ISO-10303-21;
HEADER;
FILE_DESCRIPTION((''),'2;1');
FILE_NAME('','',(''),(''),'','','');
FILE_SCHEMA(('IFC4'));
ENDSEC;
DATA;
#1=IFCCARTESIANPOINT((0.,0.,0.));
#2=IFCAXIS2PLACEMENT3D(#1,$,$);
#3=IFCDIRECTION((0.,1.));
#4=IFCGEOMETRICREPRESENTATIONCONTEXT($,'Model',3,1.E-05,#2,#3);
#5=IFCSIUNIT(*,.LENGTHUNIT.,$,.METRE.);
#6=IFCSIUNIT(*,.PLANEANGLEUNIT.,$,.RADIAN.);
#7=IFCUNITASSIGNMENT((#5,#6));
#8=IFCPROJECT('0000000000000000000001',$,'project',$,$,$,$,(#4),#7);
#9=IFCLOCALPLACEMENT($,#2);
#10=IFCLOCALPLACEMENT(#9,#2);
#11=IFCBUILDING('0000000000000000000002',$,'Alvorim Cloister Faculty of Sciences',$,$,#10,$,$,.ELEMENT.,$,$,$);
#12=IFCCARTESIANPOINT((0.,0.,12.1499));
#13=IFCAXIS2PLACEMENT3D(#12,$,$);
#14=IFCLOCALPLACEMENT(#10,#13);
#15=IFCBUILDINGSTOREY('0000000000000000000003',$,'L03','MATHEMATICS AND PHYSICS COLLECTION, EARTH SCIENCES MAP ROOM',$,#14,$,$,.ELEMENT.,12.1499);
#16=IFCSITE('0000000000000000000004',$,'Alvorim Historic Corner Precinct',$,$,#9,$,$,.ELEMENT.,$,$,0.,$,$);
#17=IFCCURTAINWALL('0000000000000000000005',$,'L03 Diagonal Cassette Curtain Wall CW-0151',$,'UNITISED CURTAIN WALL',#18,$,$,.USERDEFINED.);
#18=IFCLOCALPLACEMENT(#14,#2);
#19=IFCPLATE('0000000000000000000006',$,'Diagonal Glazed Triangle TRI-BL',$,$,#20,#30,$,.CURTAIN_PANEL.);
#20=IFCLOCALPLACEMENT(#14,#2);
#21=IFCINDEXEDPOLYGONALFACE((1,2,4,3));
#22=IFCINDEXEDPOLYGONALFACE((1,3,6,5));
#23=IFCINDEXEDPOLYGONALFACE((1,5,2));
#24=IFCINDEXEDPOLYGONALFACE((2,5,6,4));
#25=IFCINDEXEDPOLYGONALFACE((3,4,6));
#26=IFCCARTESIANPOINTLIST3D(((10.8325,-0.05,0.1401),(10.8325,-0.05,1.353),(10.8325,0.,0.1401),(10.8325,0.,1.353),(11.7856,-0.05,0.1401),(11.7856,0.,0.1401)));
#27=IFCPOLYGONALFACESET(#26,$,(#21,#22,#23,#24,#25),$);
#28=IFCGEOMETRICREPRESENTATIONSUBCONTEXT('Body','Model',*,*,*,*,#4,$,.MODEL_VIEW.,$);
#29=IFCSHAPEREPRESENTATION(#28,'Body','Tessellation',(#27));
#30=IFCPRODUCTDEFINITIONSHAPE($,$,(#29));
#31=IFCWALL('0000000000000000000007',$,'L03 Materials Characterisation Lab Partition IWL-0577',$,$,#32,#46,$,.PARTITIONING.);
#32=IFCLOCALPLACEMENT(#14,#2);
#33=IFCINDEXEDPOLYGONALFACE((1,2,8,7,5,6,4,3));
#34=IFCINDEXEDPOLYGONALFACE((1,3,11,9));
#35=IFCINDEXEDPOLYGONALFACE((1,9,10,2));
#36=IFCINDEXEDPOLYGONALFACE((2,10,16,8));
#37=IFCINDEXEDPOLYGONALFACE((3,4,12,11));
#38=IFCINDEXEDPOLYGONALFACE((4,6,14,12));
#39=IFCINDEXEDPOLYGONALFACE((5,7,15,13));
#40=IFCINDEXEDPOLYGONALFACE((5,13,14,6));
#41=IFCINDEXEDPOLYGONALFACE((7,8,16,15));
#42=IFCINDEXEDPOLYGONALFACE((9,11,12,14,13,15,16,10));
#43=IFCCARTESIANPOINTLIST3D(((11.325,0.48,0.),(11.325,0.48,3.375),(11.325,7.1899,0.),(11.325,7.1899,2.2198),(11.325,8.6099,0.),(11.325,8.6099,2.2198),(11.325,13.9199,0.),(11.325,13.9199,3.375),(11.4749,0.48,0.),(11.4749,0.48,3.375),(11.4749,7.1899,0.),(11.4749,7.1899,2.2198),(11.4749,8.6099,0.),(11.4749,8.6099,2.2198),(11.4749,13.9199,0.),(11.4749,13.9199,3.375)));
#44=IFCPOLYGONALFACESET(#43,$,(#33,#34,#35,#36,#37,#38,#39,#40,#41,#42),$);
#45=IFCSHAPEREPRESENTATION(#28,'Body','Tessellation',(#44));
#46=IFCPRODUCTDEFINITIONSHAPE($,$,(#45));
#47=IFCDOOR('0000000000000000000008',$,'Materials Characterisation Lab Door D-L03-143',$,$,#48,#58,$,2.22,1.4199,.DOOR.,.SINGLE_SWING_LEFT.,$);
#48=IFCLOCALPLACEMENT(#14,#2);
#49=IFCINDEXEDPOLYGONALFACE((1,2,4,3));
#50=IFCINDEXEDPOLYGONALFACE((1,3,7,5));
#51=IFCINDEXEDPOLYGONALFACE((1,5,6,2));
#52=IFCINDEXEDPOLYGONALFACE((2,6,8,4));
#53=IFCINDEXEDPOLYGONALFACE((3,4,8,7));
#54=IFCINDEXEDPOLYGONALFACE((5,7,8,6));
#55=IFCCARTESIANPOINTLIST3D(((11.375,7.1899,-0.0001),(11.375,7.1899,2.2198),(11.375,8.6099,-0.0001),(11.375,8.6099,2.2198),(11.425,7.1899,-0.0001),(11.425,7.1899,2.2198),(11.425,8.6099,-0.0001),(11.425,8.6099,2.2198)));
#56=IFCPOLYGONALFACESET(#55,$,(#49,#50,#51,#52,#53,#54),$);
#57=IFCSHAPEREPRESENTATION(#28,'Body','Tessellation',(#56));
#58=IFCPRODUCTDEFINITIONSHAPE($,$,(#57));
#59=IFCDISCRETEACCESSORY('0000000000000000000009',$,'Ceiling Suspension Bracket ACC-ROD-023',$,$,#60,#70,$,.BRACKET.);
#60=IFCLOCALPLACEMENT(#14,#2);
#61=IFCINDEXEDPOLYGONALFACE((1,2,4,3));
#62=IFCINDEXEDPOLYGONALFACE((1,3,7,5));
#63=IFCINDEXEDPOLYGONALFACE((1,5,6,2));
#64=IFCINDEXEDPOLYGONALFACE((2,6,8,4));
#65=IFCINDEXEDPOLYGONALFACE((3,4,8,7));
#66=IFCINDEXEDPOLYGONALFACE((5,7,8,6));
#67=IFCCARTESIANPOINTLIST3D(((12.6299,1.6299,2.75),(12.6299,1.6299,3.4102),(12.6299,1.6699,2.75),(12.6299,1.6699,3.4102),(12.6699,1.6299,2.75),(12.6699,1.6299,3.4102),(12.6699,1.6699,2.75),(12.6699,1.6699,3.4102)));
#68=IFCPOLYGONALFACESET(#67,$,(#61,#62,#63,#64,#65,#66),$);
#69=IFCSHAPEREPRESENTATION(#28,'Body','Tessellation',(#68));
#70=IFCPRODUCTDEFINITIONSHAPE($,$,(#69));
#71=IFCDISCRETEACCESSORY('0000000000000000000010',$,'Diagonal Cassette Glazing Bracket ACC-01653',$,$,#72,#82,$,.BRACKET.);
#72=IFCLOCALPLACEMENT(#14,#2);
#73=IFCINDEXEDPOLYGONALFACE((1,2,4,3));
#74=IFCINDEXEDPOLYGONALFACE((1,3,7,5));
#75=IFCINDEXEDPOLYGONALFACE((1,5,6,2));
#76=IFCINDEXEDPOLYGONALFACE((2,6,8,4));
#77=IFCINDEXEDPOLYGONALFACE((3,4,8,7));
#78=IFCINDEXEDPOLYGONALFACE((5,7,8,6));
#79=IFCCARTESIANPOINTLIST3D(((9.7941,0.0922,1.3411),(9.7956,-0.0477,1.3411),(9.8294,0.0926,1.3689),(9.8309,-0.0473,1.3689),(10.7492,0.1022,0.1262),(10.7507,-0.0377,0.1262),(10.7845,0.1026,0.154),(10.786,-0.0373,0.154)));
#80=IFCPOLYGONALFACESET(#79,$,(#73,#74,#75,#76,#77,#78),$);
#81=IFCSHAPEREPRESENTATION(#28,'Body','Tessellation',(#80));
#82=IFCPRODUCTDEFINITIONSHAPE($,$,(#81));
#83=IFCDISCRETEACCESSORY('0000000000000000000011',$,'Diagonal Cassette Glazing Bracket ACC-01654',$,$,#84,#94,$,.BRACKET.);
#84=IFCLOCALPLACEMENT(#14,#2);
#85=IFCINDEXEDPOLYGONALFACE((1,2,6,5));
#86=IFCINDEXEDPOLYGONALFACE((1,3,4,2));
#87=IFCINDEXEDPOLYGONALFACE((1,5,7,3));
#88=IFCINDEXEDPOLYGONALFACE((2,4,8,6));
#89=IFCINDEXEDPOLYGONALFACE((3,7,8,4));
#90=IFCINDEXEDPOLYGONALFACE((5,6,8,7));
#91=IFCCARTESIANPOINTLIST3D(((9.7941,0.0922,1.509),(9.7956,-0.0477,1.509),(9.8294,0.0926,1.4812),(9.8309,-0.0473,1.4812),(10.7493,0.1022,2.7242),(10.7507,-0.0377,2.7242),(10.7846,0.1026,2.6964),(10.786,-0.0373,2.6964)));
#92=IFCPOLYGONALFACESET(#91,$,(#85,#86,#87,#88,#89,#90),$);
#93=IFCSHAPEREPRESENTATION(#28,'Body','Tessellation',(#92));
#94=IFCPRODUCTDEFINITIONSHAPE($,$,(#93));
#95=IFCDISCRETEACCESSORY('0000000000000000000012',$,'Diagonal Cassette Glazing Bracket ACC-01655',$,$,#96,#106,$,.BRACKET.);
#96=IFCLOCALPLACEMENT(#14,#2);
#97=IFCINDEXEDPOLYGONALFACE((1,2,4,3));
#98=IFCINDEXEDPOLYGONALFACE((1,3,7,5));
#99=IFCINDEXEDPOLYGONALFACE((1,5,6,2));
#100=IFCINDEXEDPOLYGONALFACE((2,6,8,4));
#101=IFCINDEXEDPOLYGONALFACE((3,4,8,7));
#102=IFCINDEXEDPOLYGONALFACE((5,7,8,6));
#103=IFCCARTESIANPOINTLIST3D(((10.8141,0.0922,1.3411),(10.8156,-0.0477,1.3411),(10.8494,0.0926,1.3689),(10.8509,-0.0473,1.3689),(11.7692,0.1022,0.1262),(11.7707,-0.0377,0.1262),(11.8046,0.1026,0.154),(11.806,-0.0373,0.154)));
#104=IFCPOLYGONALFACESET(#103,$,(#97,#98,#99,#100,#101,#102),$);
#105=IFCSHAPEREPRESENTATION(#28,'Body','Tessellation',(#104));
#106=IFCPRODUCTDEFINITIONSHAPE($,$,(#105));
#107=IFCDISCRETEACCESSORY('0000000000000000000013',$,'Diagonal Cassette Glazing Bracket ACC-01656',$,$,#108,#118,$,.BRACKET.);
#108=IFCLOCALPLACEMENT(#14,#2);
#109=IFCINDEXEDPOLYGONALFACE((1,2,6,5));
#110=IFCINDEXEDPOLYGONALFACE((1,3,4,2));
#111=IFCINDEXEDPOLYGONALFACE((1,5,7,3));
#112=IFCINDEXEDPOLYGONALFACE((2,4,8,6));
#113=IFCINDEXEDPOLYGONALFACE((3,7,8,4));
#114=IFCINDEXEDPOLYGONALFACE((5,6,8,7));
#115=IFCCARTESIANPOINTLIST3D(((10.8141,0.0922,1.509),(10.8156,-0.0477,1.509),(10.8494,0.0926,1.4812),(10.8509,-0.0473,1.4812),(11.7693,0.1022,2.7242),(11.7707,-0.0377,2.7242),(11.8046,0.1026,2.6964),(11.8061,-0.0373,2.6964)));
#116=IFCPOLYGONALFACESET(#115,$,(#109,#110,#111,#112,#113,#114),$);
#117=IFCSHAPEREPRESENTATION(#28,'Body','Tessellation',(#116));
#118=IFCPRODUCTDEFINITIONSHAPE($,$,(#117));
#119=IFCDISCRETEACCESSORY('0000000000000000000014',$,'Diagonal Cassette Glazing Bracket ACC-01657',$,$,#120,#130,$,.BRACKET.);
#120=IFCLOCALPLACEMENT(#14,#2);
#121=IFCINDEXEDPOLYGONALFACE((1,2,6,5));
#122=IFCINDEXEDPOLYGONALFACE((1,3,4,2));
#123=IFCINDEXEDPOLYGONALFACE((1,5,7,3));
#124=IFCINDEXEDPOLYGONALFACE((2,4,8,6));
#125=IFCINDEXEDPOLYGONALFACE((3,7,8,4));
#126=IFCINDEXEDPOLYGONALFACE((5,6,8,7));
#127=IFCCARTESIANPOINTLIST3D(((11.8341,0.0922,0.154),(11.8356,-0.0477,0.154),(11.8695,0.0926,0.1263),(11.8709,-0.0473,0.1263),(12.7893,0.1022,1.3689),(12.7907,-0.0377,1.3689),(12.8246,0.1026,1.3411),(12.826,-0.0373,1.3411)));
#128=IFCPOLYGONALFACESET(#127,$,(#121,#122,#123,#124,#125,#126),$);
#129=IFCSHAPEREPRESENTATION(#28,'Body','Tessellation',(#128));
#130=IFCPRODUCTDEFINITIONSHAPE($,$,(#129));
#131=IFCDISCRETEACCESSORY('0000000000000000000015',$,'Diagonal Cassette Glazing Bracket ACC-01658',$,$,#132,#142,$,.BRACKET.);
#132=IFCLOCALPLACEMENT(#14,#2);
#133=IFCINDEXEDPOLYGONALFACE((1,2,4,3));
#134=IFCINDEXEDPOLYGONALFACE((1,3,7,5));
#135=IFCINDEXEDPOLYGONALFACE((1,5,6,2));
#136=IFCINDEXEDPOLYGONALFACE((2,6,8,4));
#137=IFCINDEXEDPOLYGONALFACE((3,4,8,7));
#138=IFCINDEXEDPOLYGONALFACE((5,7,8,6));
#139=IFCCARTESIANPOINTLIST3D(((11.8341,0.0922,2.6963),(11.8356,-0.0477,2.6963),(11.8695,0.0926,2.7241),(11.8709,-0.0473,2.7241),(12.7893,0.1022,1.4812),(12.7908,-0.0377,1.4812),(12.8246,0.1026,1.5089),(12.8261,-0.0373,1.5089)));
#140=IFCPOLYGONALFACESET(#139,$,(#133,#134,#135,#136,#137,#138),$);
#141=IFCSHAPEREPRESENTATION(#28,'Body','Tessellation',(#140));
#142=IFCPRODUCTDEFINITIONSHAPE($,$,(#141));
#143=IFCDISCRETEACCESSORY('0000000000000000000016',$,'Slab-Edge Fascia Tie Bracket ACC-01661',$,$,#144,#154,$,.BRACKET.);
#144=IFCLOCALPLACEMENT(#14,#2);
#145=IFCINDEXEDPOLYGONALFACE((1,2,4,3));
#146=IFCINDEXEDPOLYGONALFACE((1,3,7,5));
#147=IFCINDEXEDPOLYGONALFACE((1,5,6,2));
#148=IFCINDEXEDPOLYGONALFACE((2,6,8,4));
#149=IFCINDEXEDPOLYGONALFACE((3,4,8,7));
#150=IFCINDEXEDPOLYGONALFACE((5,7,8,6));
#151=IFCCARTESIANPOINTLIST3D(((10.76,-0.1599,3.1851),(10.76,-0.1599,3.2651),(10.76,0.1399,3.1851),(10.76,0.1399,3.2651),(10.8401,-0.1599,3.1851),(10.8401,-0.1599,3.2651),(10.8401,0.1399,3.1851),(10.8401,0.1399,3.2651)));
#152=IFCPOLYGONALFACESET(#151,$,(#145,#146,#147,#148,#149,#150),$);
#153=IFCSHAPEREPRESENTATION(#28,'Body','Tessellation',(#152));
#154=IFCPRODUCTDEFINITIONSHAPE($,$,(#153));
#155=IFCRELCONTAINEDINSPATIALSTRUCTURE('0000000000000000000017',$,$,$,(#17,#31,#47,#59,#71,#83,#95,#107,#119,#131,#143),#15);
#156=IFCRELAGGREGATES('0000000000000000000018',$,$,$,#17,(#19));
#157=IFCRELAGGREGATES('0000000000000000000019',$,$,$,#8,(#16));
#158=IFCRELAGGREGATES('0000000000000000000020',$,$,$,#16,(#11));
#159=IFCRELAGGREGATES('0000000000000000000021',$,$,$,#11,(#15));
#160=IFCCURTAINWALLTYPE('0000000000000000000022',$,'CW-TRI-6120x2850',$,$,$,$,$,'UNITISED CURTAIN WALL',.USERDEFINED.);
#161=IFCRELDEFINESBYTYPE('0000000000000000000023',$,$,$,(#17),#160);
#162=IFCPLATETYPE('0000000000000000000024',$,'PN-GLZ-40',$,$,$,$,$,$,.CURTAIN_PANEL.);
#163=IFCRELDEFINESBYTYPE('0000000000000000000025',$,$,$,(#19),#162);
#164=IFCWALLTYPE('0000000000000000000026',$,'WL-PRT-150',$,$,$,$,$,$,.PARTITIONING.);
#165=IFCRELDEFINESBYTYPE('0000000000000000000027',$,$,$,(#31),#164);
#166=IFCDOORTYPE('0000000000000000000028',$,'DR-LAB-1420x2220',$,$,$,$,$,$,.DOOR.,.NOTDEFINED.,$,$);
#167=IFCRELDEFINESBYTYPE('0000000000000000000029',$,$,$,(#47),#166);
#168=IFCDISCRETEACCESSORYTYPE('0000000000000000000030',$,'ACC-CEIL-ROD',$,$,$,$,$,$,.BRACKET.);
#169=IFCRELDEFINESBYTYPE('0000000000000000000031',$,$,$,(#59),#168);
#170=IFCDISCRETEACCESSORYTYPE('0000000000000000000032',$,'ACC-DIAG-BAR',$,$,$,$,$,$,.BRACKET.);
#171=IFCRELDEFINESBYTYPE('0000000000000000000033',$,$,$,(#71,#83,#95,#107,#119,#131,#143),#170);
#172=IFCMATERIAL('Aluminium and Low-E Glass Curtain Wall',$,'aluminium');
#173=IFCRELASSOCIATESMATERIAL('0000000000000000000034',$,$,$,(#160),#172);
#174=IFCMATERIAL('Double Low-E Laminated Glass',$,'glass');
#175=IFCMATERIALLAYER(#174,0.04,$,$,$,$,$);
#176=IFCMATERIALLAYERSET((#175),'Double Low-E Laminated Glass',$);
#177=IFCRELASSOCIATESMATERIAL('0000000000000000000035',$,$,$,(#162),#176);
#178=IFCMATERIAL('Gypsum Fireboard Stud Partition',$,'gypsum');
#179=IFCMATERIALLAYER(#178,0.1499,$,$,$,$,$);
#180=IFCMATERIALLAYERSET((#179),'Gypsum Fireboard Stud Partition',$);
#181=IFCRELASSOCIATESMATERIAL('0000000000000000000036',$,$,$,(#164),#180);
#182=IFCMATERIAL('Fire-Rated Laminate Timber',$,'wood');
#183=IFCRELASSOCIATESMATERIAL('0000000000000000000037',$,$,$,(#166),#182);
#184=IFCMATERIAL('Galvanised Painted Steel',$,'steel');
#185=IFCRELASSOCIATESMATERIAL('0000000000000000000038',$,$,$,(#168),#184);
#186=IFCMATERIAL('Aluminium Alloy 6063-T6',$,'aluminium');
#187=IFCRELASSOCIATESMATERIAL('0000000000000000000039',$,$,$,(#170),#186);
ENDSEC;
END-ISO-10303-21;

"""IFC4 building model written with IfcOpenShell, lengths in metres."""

from ifc_helpers import new_model, si_unit, direction, frame, frame_2d, origin, origin_2d, place, context, subcontext, project, spatial, polyline, rectangle, outline, extrude, material, layer, layer_set, type_object, element, fill, aggregate, save


model = new_model("IFC4")

# Units and contexts
model_context = context("Model", 3, precision=1e-05, world=origin(), true_north=direction((0.0, 1.0)))
body_context = subcontext(model_context, "Body", "Model", "MODEL_VIEW")
ifc_project = project(units=[si_unit("LENGTHUNIT", "METRE"), si_unit("PLANEANGLEUNIT", "RADIAN")], contexts=[model_context])

# Site, building, storey
site_placement = place(None, origin())
site = spatial("IfcSite", under=ifc_project, at=site_placement, Name="Alvorim Historic Corner Precinct", CompositionType="ELEMENT", RefElevation=0.0)
building_placement = place(site_placement, origin())
building = spatial("IfcBuilding", under=site, at=building_placement, Name="Alvorim Cloister Faculty of Sciences", CompositionType="ELEMENT")
storey_placement = place(building_placement, frame((0.0, 0.0, 12.1499)))
storey = spatial("IfcBuildingStorey", under=building, at=storey_placement, Name="L03", Description="MATHEMATICS AND PHYSICS COLLECTION, EARTH SCIENCES MAP ROOM", CompositionType="ELEMENT", Elevation=12.1499)

# Curtain wall, plate
ifc_material_1 = material(Name="Aluminium and Low-E Glass Curtain Wall", Category="aluminium")
curtain_wall_type = type_object("IfcCurtainWallType", Name="CW-TRI-6120x2850", ElementType="UNITISED CURTAIN WALL", PredefinedType="USERDEFINED", material=ifc_material_1)
curtain_wall_placement = place(storey_placement, origin())
curtain_wall = element("IfcCurtainWall", 1, at=curtain_wall_placement, inside=storey, type_object=curtain_wall_type, Name="L03 Diagonal Cassette Curtain Wall CW-0151", ObjectType="UNITISED CURTAIN WALL", PredefinedType="USERDEFINED")
ifc_material_2 = material(Name="Aluminium Alloy 6063-T6", Category="aluminium")
ifc_material_3 = material(Name="Double Low-E Laminated Glass", Category="glass")
ifc_layer_1 = layer(ifc_material_3, 0.04)
ifc_layer_set_1 = layer_set([ifc_layer_1], Name="Double Low-E Laminated Glass")
plate_type = type_object("IfcPlateType", Name="PN-GLZ-40", PredefinedType="CURTAIN_PANEL", material=ifc_layer_set_1)
plate_1_placement = place(storey_placement, frame((10.8325, -0.0249, 0.1401), z_axis=(0.0, 0.0, 1.0), x_axis=(1.0, 0.0, 0.0)))
plate_1 = element("IfcPlate", 2, at=plate_1_placement, type_object=plate_type, Name="Diagonal Glazed Triangle TRI-BL", PredefinedType="CURTAIN_PANEL", context=body_context, shape_type="SweptSolid", body=[
    extrude(outline(polyline([(0.0, 0.0), (0.9531, 0.0), (0.0, 1.2129), (0.0, 0.0)])), frame((0.0, 0.0249, 0.0), z_axis=(0.0, -1.0, 0.0), x_axis=(1.0, 0.0, 0.0)), (0.0, 0.0, 1.0), 0.05),
])
aggregate(curtain_wall, [plate_1])

# Wall, opening, door
ifc_material_4 = material(Name="Gypsum Fireboard Stud Partition", Category="gypsum")
ifc_layer_2 = layer(ifc_material_4, 0.1499)
ifc_layer_set_2 = layer_set([ifc_layer_2], Name="Gypsum Fireboard Stud Partition")
wall_type = type_object("IfcWallType", Name="WL-PRT-150", PredefinedType="PARTITIONING", material=ifc_layer_set_2)
wall_placement = place(storey_placement, frame((11.3999, 0.48, 0.0), z_axis=(0.0, 0.0, 1.0), x_axis=(0.0, 1.0, 0.0)))
wall = element("IfcWall", 3, at=wall_placement, inside=storey, type_object=wall_type, Name="L03 Materials Characterisation Lab Partition IWL-0577", PredefinedType="PARTITIONING", context=body_context, shape_type="SweptSolid", body=[
    extrude(rectangle(XDim=13.4399, YDim=0.1499, at=frame_2d((6.72, 0.0))), origin(), (0.0, 0.0, 1.0), 3.375),
])
opening_placement = place(wall_placement, frame((6.71, 0.0, 0.0)))
opening = element("IfcOpeningElement", 4, at=opening_placement, cuts=wall, PredefinedType="OPENING", context=body_context, shape_type="SweptSolid", body=[
    extrude(rectangle(XDim=1.4199, YDim=2.22, at=frame_2d((0.71, 1.1099))), frame((0.0, 0.0869, 0.0), z_axis=(0.0, -1.0, 0.0), x_axis=(1.0, 0.0, 0.0)), (0.0, 0.0, 1.0), 0.1738),
])
ifc_material_5 = material(Name="Fire-Rated Laminate Timber", Category="wood")
door_type = type_object("IfcDoorType", Name="DR-LAB-1420x2220", OperationType="NOTDEFINED", PredefinedType="DOOR", material=ifc_material_5)
door_placement = place(opening_placement, origin())
door = element("IfcDoor", 5, at=door_placement, inside=storey, type_object=door_type, Name="Materials Characterisation Lab Door D-L03-143", OperationType="SINGLE_SWING_LEFT", OverallHeight=2.22, OverallWidth=1.4199, PredefinedType="DOOR", context=body_context, shape_type="SweptSolid", body=[
    extrude(rectangle(XDim=1.4199, YDim=2.22, at=frame_2d((0.71, 1.1099))), frame((0.0, 0.0249, 0.0), z_axis=(0.0, -1.0, 0.0), x_axis=(1.0, 0.0, 0.0)), (0.0, 0.0, 1.0), 0.05),
])
fill(opening, door)

# Discrete accessories
ifc_material_6 = material(Name="Galvanised Painted Steel", Category="steel")
discrete_accessory_type_1 = type_object("IfcDiscreteAccessoryType", Name="ACC-CEIL-ROD", PredefinedType="BRACKET", material=ifc_material_6)
discrete_accessory_1_placement = place(storey_placement, frame((12.6499, 1.6499, 2.75), z_axis=(0.0, 0.0, 1.0), x_axis=(1.0, 0.0, 0.0)))
element("IfcDiscreteAccessory", 6, at=discrete_accessory_1_placement, inside=storey, type_object=discrete_accessory_type_1, Name="Ceiling Suspension Bracket ACC-ROD-023", PredefinedType="BRACKET", context=body_context, shape_type="SweptSolid", body=[
    extrude(rectangle(XDim=0.04, YDim=0.04, at=origin_2d()), origin(), (0.0, 0.0, 1.0), 0.6602),
])
discrete_accessory_type_2 = type_object("IfcDiscreteAccessoryType", Name="ACC-DIAG-BAR", PredefinedType="BRACKET", material=ifc_material_2)
discrete_accessory_2_placement = place(storey_placement, frame((9.8125, 0.0225, 1.355), z_axis=(0.618032, 0.006477, -0.786126), x_axis=(-0.01048, 0.999945, 0.0)))
element("IfcDiscreteAccessory", 7, at=discrete_accessory_2_placement, inside=storey, type_object=discrete_accessory_type_2, Name="Diagonal Cassette Glazing Bracket ACC-01653", PredefinedType="BRACKET", context=body_context, shape_type="SweptSolid", body=[
    extrude(rectangle(XDim=0.1399, YDim=0.0449, at=origin_2d()), origin(), (0.0, 0.0, 1.0), 1.5454),
])
discrete_accessory_3_placement = place(storey_placement, frame((9.8125, 0.0225, 1.4951), z_axis=(0.617955, 0.006477, 0.786187), x_axis=(-0.01048, 0.999945, 0.0)))
element("IfcDiscreteAccessory", 8, at=discrete_accessory_3_placement, inside=storey, type_object=discrete_accessory_type_2, Name="Diagonal Cassette Glazing Bracket ACC-01654", PredefinedType="BRACKET", context=body_context, shape_type="SweptSolid", body=[
    extrude(rectangle(XDim=0.1399, YDim=0.0449, at=origin_2d()), origin(), (0.0, 0.0, 1.0), 1.5457),
])
discrete_accessory_4_placement = place(storey_placement, frame((10.8325, 0.0225, 1.355), z_axis=(0.618032, 0.006477, -0.786126), x_axis=(-0.01048, 0.999945, 0.0)))
element("IfcDiscreteAccessory", 9, at=discrete_accessory_4_placement, inside=storey, type_object=discrete_accessory_type_2, Name="Diagonal Cassette Glazing Bracket ACC-01655", PredefinedType="BRACKET", context=body_context, shape_type="SweptSolid", body=[
    extrude(rectangle(XDim=0.1399, YDim=0.0449, at=origin_2d()), origin(), (0.0, 0.0, 1.0), 1.5454),
])
discrete_accessory_5_placement = place(storey_placement, frame((10.8325, 0.0225, 1.4951), z_axis=(0.617955, 0.006477, 0.786187), x_axis=(-0.01048, 0.999945, 0.0)))
element("IfcDiscreteAccessory", 10, at=discrete_accessory_5_placement, inside=storey, type_object=discrete_accessory_type_2, Name="Diagonal Cassette Glazing Bracket ACC-01656", PredefinedType="BRACKET", context=body_context, shape_type="SweptSolid", body=[
    extrude(rectangle(XDim=0.1399, YDim=0.0449, at=origin_2d()), origin(), (0.0, 0.0, 1.0), 1.5457),
])
discrete_accessory_6_placement = place(storey_placement, frame((11.8525, 0.0225, 0.1401), z_axis=(0.618032, 0.006477, 0.786126), x_axis=(-0.01048, 0.999945, 0.0)))
element("IfcDiscreteAccessory", 11, at=discrete_accessory_6_placement, inside=storey, type_object=discrete_accessory_type_2, Name="Diagonal Cassette Glazing Bracket ACC-01657", PredefinedType="BRACKET", context=body_context, shape_type="SweptSolid", body=[
    extrude(rectangle(XDim=0.1399, YDim=0.0449, at=origin_2d()), origin(), (0.0, 0.0, 1.0), 1.5454),
])
discrete_accessory_7_placement = place(storey_placement, frame((11.8525, 0.0225, 2.7102), z_axis=(0.617955, 0.006477, -0.786187), x_axis=(-0.01048, 0.999945, 0.0)))
element("IfcDiscreteAccessory", 12, at=discrete_accessory_7_placement, inside=storey, type_object=discrete_accessory_type_2, Name="Diagonal Cassette Glazing Bracket ACC-01658", PredefinedType="BRACKET", context=body_context, shape_type="SweptSolid", body=[
    extrude(rectangle(XDim=0.1399, YDim=0.0449, at=origin_2d()), origin(), (0.0, 0.0, 1.0), 1.5457),
])
discrete_accessory_8_placement = place(storey_placement, frame((10.8, 0.1399, 3.2251), z_axis=(0.0, -1.0, 0.0), x_axis=(1.0, 0.0, 0.0)))
element("IfcDiscreteAccessory", 13, at=discrete_accessory_8_placement, inside=storey, type_object=discrete_accessory_type_2, Name="Slab-Edge Fascia Tie Bracket ACC-01661", PredefinedType="BRACKET", context=body_context, shape_type="SweptSolid", body=[
    extrude(rectangle(XDim=0.0801, YDim=0.0801, at=origin_2d()), origin(), (0.0, 0.0, 1.0), 0.2998),
])

save(model, "model.ifc")
